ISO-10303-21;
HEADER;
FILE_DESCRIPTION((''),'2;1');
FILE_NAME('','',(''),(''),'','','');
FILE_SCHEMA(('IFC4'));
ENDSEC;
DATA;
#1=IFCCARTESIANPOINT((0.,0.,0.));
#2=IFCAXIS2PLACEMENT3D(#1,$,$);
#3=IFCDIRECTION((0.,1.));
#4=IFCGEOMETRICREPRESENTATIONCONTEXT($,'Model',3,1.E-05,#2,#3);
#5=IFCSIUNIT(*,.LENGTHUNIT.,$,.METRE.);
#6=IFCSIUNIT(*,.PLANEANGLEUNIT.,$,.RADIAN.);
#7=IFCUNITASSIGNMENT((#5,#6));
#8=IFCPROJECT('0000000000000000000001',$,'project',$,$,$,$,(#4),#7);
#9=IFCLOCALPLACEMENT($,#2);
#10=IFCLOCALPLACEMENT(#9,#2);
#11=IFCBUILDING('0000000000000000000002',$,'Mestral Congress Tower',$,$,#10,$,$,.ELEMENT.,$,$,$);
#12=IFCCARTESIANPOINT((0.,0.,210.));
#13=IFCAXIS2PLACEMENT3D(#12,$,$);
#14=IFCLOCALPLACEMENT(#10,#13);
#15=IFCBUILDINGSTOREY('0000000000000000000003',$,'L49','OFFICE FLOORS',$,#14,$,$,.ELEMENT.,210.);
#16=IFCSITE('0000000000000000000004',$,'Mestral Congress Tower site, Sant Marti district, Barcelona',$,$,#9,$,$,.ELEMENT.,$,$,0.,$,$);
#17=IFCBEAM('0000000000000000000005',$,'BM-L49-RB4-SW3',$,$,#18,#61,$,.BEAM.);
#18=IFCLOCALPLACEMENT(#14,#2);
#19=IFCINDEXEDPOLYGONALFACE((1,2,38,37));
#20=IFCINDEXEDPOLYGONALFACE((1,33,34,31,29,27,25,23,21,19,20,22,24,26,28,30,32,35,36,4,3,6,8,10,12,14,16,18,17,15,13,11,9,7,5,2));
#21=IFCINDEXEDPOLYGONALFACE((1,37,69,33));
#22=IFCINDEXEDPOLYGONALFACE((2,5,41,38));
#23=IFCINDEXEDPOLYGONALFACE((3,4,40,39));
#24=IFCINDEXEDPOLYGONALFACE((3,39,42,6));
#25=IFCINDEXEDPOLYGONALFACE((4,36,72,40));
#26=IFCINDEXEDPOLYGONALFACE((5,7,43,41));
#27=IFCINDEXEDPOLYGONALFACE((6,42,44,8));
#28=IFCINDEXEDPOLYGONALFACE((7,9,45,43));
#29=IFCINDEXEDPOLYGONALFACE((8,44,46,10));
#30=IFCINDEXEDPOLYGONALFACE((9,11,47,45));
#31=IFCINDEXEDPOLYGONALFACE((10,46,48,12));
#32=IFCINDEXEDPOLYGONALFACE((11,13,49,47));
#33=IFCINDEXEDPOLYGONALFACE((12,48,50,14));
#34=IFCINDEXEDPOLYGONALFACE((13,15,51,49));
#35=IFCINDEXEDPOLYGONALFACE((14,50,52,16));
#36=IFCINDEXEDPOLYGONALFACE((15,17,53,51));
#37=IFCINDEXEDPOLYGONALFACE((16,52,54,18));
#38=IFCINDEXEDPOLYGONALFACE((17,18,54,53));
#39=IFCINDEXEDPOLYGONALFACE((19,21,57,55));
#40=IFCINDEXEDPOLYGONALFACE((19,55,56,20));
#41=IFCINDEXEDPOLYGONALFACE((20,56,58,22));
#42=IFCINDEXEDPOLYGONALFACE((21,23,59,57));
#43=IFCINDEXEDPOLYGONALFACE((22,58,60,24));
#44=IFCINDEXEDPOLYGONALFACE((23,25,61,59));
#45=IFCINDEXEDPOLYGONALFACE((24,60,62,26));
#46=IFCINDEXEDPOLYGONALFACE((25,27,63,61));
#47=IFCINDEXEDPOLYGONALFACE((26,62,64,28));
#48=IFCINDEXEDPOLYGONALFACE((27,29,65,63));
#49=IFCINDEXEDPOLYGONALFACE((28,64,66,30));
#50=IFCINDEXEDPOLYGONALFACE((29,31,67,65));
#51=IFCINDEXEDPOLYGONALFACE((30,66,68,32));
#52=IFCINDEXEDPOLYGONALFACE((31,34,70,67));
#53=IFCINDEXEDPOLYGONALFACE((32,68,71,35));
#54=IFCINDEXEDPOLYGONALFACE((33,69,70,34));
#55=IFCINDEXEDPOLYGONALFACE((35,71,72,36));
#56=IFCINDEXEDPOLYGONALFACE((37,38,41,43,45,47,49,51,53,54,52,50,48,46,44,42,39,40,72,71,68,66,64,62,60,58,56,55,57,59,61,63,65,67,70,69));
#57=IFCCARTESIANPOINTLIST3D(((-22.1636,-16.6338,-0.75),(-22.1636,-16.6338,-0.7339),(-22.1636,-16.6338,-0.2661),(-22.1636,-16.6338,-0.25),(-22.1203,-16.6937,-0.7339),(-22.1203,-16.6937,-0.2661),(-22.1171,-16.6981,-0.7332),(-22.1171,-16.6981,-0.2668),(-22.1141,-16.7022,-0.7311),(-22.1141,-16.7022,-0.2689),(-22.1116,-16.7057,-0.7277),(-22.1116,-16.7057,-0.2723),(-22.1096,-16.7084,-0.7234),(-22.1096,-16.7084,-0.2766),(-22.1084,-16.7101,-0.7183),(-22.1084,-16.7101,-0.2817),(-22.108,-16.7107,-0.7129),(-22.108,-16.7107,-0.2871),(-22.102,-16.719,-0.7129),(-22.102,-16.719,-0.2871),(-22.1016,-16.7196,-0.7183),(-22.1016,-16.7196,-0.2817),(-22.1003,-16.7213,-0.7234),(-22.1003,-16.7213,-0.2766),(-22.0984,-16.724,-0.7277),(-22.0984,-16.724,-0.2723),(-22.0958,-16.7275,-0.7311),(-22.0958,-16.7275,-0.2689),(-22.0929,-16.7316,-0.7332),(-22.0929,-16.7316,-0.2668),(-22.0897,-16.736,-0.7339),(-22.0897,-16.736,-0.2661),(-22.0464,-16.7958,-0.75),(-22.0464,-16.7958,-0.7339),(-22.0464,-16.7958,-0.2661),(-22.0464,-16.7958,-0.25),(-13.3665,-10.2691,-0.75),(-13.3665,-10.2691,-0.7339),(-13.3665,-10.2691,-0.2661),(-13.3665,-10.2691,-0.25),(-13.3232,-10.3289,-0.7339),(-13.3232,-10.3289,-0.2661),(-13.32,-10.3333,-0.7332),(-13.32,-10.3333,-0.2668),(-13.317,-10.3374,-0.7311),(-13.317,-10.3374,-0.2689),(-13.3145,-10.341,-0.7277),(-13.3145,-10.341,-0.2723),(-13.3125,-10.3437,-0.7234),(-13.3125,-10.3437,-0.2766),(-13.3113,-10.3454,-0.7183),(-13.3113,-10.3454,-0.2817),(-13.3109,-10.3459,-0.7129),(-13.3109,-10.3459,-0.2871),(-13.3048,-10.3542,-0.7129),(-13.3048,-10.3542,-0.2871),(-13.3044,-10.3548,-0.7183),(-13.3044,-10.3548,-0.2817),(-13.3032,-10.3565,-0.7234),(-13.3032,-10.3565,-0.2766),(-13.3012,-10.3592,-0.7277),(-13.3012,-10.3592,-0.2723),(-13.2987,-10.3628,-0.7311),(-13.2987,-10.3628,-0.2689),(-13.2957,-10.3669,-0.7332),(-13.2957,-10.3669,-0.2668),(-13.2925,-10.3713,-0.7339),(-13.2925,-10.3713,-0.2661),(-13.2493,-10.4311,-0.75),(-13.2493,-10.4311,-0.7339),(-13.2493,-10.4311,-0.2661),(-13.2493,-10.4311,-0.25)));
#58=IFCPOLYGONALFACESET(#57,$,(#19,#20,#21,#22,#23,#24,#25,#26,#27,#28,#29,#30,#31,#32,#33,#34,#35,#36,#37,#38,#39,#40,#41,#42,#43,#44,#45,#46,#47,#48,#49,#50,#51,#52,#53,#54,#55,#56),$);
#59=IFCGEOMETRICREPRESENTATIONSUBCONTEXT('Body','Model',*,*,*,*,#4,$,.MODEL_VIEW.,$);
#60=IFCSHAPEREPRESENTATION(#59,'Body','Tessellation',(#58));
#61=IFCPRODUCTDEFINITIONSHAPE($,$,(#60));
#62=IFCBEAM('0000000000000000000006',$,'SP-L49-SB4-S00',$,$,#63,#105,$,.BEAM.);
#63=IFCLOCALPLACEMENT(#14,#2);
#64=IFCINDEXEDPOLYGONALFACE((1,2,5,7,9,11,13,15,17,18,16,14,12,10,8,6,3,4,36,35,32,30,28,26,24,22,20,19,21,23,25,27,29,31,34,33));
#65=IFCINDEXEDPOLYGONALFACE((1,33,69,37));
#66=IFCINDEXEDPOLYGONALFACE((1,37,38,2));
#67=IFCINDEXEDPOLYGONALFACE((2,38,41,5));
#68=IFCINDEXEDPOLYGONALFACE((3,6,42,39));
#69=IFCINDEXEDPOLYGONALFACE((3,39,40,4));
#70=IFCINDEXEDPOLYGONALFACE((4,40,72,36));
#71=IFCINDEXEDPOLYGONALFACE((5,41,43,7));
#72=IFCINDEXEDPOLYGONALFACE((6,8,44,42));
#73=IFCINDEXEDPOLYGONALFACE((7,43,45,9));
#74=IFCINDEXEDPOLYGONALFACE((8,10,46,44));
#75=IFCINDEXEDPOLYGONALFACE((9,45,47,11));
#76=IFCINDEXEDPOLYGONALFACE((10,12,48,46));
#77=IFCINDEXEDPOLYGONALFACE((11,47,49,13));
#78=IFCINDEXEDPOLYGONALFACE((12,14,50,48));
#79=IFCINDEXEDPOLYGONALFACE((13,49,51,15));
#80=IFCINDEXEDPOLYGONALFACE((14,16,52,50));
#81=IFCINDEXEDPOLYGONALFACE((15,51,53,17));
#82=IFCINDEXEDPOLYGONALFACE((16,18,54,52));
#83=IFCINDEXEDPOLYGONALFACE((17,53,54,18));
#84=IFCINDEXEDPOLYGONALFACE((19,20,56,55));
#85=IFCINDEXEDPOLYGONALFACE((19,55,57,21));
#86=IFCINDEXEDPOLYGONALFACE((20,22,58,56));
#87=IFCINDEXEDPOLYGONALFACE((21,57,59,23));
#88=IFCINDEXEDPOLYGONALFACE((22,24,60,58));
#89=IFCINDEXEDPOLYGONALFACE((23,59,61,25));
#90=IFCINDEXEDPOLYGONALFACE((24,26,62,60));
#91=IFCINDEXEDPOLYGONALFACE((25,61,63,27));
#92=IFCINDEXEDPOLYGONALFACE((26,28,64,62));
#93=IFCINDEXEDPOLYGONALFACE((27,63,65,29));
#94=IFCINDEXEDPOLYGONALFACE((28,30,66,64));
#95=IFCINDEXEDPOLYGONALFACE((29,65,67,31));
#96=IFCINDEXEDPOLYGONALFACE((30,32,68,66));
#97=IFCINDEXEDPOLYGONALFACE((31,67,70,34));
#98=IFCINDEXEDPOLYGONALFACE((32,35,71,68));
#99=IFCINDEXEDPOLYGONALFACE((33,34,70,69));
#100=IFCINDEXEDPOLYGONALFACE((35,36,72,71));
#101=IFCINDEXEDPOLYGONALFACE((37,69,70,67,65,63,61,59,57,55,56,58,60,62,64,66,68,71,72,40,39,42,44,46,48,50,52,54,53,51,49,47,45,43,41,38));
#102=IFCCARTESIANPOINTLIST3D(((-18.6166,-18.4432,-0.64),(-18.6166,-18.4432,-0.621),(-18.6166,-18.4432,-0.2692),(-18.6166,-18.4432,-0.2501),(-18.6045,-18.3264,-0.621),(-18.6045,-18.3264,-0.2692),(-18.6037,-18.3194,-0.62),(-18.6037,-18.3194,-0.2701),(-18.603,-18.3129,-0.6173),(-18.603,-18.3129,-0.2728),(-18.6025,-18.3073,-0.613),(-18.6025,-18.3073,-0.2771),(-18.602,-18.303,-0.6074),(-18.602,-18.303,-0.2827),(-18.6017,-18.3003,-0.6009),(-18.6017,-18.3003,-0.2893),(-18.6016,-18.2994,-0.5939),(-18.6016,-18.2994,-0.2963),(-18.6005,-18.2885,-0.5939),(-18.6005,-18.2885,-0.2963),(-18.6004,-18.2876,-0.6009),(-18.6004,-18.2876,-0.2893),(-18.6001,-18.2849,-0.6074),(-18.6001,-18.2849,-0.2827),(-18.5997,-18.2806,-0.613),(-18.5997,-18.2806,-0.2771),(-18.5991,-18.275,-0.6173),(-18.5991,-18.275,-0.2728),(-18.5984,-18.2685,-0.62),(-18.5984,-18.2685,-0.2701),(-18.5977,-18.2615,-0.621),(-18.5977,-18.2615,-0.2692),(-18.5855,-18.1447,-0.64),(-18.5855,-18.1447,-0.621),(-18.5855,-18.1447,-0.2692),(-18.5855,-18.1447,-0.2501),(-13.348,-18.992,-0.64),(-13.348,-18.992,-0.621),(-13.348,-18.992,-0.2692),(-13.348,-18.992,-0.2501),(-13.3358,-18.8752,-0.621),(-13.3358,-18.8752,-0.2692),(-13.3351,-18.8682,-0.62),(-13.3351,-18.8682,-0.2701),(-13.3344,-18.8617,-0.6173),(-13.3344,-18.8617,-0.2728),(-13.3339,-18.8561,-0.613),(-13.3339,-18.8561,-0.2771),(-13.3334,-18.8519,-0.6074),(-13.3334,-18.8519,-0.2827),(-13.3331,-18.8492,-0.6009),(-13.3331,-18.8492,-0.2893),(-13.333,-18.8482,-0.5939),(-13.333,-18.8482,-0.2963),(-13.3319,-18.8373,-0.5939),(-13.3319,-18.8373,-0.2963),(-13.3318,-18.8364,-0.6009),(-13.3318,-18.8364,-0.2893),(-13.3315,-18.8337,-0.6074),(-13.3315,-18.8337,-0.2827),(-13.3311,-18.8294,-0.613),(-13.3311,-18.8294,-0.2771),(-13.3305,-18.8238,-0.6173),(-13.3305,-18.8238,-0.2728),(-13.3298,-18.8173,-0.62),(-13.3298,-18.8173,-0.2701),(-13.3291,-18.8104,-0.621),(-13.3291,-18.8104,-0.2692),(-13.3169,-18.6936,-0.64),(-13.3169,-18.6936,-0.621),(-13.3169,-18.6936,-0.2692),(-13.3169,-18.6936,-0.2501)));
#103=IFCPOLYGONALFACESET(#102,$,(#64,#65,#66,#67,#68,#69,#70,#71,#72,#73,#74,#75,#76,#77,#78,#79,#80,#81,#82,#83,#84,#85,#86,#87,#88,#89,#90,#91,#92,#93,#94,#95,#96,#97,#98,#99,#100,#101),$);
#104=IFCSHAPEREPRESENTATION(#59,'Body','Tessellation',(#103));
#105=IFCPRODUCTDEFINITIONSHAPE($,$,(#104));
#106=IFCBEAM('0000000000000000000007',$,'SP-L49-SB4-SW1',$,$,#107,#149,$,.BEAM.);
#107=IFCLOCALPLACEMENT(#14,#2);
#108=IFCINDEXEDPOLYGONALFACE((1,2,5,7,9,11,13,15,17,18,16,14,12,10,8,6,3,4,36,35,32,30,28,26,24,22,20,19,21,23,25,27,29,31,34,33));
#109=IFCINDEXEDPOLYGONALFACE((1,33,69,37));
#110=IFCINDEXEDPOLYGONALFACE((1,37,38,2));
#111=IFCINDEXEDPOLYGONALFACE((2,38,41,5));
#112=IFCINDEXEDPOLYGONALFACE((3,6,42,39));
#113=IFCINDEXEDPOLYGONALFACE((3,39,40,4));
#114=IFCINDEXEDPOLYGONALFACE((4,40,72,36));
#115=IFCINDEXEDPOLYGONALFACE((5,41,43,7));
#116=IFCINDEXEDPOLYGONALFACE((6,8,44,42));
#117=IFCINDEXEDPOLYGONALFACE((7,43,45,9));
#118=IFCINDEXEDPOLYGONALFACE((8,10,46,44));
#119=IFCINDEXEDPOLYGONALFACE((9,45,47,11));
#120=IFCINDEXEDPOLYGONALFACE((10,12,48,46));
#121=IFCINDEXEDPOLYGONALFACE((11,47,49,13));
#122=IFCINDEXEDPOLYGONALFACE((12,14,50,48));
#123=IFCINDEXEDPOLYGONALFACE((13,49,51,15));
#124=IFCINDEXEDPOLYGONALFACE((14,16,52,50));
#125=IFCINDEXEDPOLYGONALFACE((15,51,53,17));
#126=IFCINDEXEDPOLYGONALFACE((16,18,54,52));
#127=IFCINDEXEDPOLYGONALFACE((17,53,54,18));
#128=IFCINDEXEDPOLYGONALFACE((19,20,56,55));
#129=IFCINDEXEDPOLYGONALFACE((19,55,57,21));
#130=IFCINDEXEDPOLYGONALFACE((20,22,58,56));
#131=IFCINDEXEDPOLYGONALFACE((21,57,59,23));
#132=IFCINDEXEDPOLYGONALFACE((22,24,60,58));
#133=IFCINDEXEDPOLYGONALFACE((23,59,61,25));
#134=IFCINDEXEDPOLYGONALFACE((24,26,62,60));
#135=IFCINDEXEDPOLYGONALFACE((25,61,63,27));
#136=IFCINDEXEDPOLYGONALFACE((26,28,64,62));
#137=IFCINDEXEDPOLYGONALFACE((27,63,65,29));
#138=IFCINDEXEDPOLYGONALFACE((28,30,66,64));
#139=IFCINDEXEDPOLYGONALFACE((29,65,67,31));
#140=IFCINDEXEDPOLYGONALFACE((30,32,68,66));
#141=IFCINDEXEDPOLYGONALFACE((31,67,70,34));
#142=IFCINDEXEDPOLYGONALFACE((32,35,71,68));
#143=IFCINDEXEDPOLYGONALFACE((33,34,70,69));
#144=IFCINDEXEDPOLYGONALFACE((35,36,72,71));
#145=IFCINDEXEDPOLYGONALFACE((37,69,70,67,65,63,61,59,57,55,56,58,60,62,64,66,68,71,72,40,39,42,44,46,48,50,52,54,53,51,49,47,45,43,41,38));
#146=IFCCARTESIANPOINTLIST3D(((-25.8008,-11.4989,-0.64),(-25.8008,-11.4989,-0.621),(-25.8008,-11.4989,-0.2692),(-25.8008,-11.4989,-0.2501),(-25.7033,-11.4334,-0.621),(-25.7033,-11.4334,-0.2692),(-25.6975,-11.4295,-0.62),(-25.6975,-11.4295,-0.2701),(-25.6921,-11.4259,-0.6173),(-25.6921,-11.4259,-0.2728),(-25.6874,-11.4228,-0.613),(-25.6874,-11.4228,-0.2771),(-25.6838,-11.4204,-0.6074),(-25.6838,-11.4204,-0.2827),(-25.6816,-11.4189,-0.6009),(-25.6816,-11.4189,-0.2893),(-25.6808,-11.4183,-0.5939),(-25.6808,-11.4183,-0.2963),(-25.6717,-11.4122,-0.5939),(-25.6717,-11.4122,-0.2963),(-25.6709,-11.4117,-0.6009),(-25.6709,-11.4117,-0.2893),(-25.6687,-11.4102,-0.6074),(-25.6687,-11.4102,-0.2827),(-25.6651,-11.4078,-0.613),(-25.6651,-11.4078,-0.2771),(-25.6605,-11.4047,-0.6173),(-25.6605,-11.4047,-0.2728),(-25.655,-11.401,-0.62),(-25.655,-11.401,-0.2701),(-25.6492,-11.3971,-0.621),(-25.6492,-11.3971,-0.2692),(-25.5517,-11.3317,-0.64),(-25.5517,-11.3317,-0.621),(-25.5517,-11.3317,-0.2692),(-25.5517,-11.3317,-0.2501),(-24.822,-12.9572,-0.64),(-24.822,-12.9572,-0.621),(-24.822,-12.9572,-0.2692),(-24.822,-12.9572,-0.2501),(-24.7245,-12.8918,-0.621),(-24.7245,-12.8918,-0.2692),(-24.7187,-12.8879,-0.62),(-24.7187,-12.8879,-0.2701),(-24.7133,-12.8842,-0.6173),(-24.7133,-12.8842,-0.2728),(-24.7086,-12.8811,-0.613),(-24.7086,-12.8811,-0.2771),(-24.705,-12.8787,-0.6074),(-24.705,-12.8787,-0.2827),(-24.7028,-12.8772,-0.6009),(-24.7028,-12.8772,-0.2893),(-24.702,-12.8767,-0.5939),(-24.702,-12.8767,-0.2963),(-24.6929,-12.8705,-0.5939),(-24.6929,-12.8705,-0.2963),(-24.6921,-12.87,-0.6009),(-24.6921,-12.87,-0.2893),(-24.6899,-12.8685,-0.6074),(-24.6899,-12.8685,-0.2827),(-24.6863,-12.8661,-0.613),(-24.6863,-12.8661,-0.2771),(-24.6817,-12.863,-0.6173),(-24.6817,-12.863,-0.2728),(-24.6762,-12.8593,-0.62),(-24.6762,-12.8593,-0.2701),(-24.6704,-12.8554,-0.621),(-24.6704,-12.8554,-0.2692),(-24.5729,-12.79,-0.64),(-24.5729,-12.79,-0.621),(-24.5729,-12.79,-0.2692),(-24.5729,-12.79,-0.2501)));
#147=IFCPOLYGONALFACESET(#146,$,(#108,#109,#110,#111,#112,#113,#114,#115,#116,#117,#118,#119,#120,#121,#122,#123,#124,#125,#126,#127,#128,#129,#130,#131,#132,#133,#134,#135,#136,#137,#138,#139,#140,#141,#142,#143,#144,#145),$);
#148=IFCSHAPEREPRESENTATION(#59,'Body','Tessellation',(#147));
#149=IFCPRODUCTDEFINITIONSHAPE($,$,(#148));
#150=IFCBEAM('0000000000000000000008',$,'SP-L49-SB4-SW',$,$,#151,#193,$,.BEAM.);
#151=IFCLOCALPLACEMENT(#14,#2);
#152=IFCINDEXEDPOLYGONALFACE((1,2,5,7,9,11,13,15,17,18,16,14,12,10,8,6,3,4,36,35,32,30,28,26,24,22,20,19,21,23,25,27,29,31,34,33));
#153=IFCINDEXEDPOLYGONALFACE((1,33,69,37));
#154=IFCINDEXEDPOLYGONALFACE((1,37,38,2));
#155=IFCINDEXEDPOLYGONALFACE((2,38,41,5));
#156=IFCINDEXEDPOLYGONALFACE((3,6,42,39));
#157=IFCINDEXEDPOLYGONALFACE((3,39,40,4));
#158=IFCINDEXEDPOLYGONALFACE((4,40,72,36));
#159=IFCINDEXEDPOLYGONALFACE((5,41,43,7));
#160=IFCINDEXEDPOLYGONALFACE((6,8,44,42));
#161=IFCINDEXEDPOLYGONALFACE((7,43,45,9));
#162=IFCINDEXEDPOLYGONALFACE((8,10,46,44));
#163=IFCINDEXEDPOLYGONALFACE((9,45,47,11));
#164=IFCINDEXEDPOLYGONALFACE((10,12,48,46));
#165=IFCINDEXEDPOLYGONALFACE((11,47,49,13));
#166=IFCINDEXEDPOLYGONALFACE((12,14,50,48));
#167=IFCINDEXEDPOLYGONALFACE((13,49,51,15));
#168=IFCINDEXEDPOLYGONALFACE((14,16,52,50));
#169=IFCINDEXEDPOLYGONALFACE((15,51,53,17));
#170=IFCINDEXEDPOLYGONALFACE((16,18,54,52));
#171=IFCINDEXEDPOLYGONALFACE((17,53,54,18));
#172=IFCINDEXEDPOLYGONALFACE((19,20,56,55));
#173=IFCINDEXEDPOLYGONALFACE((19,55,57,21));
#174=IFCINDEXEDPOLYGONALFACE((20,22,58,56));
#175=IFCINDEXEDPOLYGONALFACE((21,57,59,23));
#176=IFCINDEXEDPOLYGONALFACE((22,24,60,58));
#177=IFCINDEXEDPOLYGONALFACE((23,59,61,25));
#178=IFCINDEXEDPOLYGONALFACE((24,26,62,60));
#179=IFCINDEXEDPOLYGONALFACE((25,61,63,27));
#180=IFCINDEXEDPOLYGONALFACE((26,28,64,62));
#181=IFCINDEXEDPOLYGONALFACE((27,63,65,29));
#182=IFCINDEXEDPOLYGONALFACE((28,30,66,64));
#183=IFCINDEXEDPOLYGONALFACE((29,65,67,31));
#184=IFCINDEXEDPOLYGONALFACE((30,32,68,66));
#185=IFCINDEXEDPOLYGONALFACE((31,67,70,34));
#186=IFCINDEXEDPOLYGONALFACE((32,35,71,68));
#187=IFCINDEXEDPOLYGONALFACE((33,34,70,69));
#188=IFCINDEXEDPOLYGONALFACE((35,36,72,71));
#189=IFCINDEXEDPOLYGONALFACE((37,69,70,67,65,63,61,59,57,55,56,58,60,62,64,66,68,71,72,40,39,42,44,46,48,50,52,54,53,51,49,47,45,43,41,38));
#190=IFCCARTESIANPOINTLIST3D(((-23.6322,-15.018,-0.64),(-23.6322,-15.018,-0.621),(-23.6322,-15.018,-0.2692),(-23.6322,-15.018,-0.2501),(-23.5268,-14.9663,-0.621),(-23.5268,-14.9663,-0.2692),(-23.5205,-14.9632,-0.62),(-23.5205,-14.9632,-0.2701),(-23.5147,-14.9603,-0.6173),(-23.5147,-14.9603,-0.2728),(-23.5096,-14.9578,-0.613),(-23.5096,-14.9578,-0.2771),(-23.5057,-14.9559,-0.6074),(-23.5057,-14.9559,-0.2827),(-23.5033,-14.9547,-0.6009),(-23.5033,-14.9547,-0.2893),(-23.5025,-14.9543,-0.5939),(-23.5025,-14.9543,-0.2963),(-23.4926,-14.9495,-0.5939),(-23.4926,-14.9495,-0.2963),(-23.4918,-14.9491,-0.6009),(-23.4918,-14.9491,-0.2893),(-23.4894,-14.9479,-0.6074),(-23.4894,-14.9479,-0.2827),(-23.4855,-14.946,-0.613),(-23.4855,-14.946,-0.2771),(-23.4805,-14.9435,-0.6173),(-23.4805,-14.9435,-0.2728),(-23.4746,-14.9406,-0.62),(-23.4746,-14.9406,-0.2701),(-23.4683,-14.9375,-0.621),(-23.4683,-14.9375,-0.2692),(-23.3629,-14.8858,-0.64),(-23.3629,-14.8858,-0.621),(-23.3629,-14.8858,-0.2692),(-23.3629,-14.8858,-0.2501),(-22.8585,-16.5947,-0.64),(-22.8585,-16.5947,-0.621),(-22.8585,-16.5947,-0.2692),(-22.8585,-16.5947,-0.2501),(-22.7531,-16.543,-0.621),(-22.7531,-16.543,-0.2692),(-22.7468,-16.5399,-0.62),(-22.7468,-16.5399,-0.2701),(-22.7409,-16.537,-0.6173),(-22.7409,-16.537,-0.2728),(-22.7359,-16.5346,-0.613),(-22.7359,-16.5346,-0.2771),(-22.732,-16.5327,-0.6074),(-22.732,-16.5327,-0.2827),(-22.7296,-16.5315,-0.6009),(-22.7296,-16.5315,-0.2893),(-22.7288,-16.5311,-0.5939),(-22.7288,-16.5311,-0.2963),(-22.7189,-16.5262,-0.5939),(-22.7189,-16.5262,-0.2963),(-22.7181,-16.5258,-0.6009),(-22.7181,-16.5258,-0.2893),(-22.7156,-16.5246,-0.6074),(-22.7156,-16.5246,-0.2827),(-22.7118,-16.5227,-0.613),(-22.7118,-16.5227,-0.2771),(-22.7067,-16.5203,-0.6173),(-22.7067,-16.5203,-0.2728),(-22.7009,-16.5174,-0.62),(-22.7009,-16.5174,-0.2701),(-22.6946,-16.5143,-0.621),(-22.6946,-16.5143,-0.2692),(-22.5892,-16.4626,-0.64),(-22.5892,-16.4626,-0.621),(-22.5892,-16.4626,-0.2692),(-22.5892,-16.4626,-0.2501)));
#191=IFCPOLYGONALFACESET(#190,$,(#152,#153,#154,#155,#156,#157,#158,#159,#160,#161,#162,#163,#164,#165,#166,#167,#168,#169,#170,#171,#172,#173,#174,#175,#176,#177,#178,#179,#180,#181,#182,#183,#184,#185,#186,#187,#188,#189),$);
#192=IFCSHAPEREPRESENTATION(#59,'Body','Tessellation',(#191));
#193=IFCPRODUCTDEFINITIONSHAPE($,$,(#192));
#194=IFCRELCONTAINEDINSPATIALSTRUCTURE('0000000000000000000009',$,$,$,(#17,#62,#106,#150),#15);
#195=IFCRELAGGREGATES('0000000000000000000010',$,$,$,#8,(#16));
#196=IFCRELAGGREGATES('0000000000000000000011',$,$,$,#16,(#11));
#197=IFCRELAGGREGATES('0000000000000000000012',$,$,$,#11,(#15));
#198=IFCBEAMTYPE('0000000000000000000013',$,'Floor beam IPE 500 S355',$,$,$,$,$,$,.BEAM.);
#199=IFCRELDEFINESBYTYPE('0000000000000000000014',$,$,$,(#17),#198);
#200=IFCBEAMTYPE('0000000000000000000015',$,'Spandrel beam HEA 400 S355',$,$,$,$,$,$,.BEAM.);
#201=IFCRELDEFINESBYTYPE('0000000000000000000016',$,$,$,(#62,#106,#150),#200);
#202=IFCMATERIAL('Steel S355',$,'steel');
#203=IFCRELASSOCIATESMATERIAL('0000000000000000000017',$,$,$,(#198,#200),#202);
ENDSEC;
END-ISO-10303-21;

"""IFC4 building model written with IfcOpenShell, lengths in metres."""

from ifc_helpers import new_model, si_unit, direction, frame, origin, origin_2d, place, context, subcontext, project, spatial, i_section, extrude, material, material_profile, profile_set, type_object, element, save


model = new_model("IFC4")

# Units and contexts
model_context = context("Model", 3, precision=1e-05, world=origin(), true_north=direction((0.0, 1.0)))
body_context = subcontext(model_context, "Body", "Model", "MODEL_VIEW")
ifc_project = project(units=[si_unit("LENGTHUNIT", "METRE"), si_unit("PLANEANGLEUNIT", "RADIAN")], contexts=[model_context])

# Site, building, storey
site_placement = place(None, origin())
site = spatial("IfcSite", under=ifc_project, at=site_placement, Name="Mestral Congress Tower site, Sant Marti district, Barcelona", CompositionType="ELEMENT", RefElevation=0.0)
building_placement = place(site_placement, origin())
building = spatial("IfcBuilding", under=site, at=building_placement, Name="Mestral Congress Tower", CompositionType="ELEMENT")
storey_placement = place(building_placement, frame((0.0, 0.0, 210.0)))
storey = spatial("IfcBuildingStorey", under=building, at=storey_placement, Name="L49", Description="OFFICE FLOORS", CompositionType="ELEMENT", Elevation=210.0)

# Beams
ifc_material_1 = material(Name="Steel S355", Category="steel")
ifc_material_profile_1 = material_profile(ifc_material_1, i_section(OverallWidth=0.2, OverallDepth=0.5, WebThickness=0.0103, FlangeThickness=0.0161, FilletRadius=0.021, at=origin_2d()), Name="IPE 500")
ifc_profile_set_1 = profile_set([ifc_material_profile_1], Name="Steel S355")
beam_type_1 = type_object("IfcBeamType", Name="Floor beam IPE 500 S355", PredefinedType="BEAM", material=ifc_profile_set_1)
beam_1_placement = place(storey_placement, frame((-22.105, -16.7148, -0.5), z_axis=(0.810186, 0.586173, 0.0), x_axis=(-0.586173, 0.810186, 0.0)))
element("IfcBeam", 1, at=beam_1_placement, inside=storey, type_object=beam_type_1, Name="BM-L49-RB4-SW3", PredefinedType="BEAM", context=body_context, shape_type="SweptSolid", body=[
    extrude(i_section(OverallWidth=0.2, OverallDepth=0.5, WebThickness=0.0103, FlangeThickness=0.0161, FilletRadius=0.021, at=origin_2d()), origin(), (0.0, 0.0, 1.0), 10.8582),
])
ifc_material_profile_2 = material_profile(ifc_material_1, i_section(OverallWidth=0.3, OverallDepth=0.3899, WebThickness=0.011, FlangeThickness=0.019, FilletRadius=0.0271, at=origin_2d()), Name="HEA 400")
ifc_profile_set_2 = profile_set([ifc_material_profile_2], Name="Steel S355")
beam_type_2 = type_object("IfcBeamType", Name="Spandrel beam HEA 400 S355", PredefinedType="BEAM", material=ifc_profile_set_2)
beam_2_placement = place(storey_placement, frame((-18.6011, -18.2939, -0.4451), z_axis=(0.994618, -0.10361, 0.0), x_axis=(0.10361, 0.994618, 0.0)))
element("IfcBeam", 2, at=beam_2_placement, inside=storey, type_object=beam_type_2, Name="SP-L49-SB4-S00", PredefinedType="BEAM", context=body_context, shape_type="SweptSolid", body=[
    extrude(i_section(OverallWidth=0.3, OverallDepth=0.3899, WebThickness=0.011, FlangeThickness=0.019, FilletRadius=0.0271, at=origin_2d()), origin(), (0.0, 0.0, 1.0), 5.2971),
])
for number, where, z_axis, x_axis, name in (
    (3, (-25.6763, -11.4153, -0.4451), (0.557296, -0.830314, 0.0), (0.830314, 0.557296, 0.0), "SP-L49-SB4-SW1"),
    (4, (-23.4976, -14.9519, -0.4451), (0.440529, -0.897739, 0.0), (0.897739, 0.440529, 0.0), "SP-L49-SB4-SW"),
):
    element("IfcBeam", number, at=place(storey_placement, frame(where, z_axis=z_axis, x_axis=x_axis)), inside=storey, type_object=beam_type_2, Name=name, PredefinedType="BEAM", context=body_context, shape_type="SweptSolid", body=[
        extrude(i_section(OverallWidth=0.3, OverallDepth=0.3899, WebThickness=0.011, FlangeThickness=0.019, FilletRadius=0.0271, at=origin_2d()), origin(), (0.0, 0.0, 1.0), 1.7563),
    ])

save(model, "model.ifc")
